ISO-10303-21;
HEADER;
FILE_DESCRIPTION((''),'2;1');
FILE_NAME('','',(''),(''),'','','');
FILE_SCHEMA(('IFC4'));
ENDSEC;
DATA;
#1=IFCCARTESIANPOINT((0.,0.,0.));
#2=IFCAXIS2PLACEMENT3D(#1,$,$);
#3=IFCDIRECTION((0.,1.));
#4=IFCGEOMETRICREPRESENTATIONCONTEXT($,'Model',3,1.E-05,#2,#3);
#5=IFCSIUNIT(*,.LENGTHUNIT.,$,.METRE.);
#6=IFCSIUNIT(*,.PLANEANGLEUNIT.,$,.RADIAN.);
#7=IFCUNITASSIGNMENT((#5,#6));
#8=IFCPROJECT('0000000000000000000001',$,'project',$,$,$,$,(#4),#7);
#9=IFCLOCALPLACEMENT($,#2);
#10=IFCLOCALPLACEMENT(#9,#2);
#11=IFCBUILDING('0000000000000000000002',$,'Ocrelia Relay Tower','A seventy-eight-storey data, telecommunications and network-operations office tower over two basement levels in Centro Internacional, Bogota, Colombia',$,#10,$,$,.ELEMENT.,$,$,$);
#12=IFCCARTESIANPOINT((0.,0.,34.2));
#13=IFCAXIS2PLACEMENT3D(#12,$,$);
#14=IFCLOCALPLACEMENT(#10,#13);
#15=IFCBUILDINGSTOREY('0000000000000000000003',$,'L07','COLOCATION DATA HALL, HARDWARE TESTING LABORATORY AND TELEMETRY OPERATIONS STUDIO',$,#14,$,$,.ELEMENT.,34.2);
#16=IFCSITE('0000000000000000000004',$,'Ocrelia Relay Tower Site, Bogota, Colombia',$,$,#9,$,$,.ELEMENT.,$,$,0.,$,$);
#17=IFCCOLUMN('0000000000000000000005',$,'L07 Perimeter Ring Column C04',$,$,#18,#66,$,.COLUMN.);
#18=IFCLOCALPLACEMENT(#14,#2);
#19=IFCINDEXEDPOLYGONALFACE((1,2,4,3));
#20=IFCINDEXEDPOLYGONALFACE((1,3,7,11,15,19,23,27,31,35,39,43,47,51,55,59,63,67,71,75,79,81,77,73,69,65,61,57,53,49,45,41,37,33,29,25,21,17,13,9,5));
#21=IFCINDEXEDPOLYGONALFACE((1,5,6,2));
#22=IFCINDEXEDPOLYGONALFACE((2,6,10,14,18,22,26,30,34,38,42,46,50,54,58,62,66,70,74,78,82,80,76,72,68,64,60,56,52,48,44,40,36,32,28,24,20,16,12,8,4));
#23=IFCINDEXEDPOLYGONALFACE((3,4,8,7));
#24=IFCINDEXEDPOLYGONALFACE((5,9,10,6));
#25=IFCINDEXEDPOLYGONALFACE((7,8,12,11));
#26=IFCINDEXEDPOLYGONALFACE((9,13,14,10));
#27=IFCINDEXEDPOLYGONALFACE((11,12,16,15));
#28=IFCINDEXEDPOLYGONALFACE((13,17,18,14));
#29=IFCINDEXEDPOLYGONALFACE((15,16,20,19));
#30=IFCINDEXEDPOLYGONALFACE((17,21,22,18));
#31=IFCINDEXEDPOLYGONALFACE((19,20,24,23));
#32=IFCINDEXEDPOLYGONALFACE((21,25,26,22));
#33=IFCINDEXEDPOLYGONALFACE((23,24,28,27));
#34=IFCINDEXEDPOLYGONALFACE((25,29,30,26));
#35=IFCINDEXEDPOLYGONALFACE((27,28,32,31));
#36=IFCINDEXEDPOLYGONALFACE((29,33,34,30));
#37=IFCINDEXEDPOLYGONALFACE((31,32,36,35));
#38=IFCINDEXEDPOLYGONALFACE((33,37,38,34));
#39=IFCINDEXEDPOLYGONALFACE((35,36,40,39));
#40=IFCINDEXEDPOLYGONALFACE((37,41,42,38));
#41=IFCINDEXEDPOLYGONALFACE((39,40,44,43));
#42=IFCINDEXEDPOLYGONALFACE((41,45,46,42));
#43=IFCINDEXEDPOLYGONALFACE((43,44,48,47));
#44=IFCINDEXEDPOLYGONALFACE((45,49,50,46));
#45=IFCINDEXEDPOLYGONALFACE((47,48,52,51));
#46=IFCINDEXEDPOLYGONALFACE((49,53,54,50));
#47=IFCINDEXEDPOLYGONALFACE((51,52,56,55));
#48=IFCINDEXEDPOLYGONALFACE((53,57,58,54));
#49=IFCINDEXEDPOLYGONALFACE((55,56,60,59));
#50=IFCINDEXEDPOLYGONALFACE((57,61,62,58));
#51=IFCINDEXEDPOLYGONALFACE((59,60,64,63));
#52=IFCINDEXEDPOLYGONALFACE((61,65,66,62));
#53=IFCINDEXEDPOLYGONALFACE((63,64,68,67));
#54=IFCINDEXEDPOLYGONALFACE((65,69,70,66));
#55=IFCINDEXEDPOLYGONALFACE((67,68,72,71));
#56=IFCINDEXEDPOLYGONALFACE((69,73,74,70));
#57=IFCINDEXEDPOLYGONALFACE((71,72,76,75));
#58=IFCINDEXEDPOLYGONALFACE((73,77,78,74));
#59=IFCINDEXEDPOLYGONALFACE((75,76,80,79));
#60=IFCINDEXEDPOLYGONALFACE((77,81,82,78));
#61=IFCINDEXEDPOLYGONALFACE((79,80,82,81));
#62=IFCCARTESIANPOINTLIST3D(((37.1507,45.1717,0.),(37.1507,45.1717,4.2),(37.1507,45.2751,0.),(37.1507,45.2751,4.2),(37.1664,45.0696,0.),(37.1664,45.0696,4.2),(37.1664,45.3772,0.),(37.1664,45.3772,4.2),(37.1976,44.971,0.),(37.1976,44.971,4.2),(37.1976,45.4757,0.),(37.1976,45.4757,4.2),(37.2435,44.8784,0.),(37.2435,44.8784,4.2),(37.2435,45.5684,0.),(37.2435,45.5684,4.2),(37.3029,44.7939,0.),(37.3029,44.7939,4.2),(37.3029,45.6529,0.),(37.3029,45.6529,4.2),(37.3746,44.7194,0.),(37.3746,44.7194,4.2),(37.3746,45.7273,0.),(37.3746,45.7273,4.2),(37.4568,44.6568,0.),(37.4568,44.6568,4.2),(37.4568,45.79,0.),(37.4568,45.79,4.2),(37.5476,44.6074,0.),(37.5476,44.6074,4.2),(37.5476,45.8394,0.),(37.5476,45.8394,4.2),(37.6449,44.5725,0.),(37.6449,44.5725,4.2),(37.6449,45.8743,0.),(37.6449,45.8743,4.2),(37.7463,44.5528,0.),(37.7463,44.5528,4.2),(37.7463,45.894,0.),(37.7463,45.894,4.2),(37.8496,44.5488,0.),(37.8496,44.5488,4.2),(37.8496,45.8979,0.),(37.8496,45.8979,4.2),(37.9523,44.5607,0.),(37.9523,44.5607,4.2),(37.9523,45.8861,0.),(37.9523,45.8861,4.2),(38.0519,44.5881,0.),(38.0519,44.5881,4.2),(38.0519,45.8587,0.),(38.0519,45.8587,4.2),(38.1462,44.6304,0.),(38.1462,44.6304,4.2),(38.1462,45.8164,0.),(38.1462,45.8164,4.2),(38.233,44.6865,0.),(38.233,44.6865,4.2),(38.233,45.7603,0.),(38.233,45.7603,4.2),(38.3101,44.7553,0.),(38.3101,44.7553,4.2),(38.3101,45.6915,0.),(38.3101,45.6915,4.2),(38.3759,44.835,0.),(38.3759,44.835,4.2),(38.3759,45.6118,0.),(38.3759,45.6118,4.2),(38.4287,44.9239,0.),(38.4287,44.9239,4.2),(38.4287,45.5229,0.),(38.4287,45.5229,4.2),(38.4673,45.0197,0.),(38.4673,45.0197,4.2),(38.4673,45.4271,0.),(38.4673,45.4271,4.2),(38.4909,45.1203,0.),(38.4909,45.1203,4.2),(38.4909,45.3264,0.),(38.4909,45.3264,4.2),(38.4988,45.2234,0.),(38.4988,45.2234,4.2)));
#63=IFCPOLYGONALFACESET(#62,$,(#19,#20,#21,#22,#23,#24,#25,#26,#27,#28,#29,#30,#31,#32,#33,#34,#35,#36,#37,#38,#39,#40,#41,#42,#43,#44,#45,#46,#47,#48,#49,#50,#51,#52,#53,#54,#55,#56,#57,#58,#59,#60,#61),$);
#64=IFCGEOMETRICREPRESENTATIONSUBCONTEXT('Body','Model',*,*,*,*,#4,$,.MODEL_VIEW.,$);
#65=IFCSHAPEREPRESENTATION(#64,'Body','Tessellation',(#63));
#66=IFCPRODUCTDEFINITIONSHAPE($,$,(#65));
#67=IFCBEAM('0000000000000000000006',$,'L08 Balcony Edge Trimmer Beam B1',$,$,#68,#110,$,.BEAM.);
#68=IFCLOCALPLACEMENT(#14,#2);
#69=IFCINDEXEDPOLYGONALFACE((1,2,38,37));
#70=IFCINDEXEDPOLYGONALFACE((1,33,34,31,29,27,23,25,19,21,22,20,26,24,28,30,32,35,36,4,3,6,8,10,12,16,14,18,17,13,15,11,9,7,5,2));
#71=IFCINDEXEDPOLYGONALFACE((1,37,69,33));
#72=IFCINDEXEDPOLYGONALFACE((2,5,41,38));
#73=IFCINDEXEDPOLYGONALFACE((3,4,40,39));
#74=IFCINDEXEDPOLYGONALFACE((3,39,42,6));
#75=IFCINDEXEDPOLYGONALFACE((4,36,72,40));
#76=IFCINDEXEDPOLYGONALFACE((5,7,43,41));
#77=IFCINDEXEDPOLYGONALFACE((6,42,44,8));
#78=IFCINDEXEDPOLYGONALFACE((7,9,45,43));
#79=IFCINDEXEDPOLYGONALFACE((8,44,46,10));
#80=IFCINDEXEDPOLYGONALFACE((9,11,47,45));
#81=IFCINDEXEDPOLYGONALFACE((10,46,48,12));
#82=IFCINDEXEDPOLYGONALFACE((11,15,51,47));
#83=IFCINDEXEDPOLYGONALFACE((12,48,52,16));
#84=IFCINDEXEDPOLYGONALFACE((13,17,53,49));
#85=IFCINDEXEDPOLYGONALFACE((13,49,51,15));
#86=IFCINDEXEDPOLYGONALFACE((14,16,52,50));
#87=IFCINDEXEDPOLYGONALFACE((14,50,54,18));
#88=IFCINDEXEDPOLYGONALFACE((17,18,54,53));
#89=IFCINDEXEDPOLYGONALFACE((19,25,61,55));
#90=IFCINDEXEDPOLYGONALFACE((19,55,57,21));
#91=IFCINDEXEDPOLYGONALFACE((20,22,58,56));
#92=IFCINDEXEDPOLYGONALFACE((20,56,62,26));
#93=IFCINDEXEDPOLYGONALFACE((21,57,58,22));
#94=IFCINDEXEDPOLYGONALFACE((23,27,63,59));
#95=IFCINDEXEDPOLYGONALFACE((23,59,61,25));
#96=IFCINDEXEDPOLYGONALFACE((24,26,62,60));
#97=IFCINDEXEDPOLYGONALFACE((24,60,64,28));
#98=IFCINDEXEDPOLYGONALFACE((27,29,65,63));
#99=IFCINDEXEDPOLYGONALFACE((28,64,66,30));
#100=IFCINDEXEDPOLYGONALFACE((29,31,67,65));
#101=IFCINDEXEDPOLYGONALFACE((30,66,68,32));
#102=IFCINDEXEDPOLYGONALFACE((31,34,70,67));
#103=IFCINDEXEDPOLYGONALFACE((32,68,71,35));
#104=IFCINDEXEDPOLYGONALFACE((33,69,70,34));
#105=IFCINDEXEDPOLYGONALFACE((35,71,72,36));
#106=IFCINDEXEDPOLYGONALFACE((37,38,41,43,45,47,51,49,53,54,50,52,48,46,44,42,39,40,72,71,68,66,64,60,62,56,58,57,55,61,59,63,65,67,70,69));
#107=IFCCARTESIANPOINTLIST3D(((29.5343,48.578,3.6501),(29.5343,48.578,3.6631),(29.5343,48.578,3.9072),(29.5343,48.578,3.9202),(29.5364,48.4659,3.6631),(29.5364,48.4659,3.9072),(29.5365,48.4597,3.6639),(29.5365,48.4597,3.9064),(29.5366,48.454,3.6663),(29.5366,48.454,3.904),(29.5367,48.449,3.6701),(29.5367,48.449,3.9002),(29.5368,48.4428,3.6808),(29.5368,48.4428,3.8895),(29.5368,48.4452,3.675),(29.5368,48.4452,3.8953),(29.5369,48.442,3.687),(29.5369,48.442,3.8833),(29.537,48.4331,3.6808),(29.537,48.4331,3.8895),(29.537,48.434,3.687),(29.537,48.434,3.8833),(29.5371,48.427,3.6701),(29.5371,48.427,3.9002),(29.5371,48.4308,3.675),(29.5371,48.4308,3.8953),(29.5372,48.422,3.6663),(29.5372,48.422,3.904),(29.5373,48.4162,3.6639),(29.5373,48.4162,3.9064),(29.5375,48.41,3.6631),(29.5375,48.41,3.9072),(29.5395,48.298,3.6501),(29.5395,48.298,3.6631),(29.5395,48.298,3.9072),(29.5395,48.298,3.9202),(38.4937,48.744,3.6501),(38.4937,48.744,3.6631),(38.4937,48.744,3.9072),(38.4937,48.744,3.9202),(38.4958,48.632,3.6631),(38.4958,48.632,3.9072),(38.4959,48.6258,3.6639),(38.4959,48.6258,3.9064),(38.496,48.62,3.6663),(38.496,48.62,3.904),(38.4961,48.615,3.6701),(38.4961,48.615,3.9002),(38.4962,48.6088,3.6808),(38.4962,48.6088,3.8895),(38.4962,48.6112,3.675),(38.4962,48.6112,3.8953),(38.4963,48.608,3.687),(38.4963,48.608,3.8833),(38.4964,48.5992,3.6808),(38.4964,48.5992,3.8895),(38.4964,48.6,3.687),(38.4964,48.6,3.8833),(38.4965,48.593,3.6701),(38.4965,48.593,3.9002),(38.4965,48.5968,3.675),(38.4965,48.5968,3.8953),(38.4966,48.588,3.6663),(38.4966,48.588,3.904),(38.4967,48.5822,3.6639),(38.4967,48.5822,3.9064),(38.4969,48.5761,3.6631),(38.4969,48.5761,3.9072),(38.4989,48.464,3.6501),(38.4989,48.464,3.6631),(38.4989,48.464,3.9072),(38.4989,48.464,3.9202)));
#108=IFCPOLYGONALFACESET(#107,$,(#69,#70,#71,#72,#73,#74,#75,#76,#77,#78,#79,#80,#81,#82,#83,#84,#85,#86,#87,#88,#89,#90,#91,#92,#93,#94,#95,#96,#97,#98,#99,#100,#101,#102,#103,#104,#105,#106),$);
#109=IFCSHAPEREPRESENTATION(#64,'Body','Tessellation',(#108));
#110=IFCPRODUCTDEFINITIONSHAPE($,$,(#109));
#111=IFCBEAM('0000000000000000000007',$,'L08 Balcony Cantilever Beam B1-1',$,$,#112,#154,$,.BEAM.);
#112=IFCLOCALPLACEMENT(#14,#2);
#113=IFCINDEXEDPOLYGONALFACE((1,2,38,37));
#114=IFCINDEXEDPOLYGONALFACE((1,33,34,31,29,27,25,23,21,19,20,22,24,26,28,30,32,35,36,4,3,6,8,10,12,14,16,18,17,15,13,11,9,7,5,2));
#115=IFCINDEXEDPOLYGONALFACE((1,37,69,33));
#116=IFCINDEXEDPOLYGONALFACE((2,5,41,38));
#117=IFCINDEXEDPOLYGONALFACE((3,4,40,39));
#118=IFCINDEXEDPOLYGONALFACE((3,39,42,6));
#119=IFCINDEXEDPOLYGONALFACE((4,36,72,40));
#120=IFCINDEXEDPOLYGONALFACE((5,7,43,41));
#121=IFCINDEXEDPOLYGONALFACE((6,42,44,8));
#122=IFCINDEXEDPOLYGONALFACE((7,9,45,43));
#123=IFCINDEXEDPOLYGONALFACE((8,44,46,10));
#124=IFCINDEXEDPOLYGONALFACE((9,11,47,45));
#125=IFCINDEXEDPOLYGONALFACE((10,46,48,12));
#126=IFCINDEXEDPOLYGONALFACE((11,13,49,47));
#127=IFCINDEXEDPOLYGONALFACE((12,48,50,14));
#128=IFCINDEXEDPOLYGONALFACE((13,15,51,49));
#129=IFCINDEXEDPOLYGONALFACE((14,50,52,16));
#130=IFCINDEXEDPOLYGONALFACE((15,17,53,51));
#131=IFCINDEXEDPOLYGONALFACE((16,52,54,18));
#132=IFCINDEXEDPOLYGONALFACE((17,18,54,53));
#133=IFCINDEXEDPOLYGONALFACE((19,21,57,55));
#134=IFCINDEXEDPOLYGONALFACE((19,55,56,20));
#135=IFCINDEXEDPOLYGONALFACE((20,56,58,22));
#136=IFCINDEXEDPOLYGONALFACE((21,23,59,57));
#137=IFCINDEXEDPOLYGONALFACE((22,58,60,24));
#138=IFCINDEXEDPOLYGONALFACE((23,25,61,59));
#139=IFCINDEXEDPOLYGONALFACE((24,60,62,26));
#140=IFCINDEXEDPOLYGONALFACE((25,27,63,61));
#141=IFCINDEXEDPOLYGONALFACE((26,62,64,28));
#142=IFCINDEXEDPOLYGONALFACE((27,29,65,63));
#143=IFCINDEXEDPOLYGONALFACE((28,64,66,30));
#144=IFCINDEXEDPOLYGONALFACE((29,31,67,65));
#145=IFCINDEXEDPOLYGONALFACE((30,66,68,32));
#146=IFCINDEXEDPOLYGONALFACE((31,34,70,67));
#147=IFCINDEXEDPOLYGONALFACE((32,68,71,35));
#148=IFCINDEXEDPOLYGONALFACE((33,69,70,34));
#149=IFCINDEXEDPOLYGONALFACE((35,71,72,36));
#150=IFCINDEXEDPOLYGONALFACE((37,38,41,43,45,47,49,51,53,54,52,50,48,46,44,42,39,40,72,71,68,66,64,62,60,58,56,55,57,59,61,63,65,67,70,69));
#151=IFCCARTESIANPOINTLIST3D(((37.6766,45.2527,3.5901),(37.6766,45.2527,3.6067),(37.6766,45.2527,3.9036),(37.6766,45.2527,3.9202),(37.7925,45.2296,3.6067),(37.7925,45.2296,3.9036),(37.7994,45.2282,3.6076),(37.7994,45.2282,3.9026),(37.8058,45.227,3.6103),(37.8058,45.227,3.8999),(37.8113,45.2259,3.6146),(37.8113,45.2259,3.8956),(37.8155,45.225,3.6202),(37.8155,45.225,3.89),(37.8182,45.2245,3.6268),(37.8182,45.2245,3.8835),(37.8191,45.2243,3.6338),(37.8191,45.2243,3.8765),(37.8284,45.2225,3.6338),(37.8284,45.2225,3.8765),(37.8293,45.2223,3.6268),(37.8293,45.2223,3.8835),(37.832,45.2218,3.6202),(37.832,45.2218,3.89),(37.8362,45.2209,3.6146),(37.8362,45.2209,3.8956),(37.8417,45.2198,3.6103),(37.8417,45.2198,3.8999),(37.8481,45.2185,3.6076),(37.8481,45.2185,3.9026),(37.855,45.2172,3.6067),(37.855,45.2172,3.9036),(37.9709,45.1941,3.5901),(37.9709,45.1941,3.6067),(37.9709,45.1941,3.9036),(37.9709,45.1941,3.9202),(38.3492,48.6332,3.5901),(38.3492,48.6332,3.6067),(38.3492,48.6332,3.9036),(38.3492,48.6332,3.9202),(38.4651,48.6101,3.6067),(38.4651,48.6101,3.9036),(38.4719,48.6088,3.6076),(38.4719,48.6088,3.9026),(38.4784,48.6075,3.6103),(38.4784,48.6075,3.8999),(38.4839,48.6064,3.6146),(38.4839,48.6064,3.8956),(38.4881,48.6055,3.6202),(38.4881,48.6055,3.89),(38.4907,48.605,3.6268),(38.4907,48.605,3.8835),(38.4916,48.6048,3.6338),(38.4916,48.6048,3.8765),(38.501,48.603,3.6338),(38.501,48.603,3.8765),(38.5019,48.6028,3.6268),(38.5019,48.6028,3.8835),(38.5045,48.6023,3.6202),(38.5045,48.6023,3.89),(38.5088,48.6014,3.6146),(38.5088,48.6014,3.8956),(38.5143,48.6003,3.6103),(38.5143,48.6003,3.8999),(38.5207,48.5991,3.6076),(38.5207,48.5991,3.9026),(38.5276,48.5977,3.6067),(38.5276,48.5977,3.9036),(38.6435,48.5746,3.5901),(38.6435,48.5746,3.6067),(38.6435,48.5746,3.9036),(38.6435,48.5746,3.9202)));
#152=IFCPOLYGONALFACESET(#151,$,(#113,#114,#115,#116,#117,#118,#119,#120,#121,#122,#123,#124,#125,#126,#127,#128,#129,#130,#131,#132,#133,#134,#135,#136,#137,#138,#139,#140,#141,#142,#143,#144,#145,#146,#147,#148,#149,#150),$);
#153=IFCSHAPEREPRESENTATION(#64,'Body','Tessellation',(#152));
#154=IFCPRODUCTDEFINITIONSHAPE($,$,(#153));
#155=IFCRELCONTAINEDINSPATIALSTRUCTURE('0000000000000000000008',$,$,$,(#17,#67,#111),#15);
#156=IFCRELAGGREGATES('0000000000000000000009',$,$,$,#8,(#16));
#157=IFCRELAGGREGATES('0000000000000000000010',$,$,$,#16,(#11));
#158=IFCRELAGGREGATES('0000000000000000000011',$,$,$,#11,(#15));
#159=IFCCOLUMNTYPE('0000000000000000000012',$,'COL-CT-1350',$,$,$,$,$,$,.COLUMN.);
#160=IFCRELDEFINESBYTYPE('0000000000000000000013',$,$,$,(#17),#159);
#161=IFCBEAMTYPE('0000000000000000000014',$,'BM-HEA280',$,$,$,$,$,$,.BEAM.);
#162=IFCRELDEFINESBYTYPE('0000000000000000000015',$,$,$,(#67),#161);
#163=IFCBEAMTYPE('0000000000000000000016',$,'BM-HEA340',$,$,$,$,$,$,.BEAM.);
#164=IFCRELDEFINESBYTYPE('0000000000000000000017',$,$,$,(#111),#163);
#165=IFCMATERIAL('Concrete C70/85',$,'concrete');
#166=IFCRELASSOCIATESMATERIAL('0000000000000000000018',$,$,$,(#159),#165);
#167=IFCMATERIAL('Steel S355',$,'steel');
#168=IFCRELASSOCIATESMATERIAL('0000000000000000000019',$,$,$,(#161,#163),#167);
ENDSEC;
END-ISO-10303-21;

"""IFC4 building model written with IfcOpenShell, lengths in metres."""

from ifc_helpers import new_model, si_unit, direction, frame, origin, origin_2d, place, context, subcontext, project, spatial, circle, i_section, extrude, material, material_profile, profile_set, type_object, element, save


model = new_model("IFC4")

# Units and contexts
model_context = context("Model", 3, precision=1e-05, world=origin(), true_north=direction((0.0, 1.0)))
body_context = subcontext(model_context, "Body", "Model", "MODEL_VIEW")
ifc_project = project(units=[si_unit("LENGTHUNIT", "METRE"), si_unit("PLANEANGLEUNIT", "RADIAN")], contexts=[model_context])

# Site, building, storey
site_placement = place(None, origin())
site = spatial("IfcSite", under=ifc_project, at=site_placement, Name="Ocrelia Relay Tower Site, Bogota, Colombia", CompositionType="ELEMENT", RefElevation=0.0)
building_placement = place(site_placement, origin())
building = spatial("IfcBuilding", under=site, at=building_placement, Name="Ocrelia Relay Tower", Description="A seventy-eight-storey data, telecommunications and network-operations office tower over two basement levels in Centro Internacional, Bogota, Colombia", CompositionType="ELEMENT")
storey_placement = place(building_placement, frame((0.0, 0.0, 34.2)))
storey = spatial("IfcBuildingStorey", under=building, at=storey_placement, Name="L07", Description="COLOCATION DATA HALL, HARDWARE TESTING LABORATORY AND TELEMETRY OPERATIONS STUDIO", CompositionType="ELEMENT", Elevation=34.2)

# Column
ifc_material_1 = material(Name="Concrete C70/85", Category="concrete")
ifc_material_profile_1 = material_profile(ifc_material_1, circle(Radius=0.675, at=origin_2d()), Name="RC-CIR-1350")
ifc_profile_set_1 = profile_set([ifc_material_profile_1], Name="Concrete C70/85")
column_type = type_object("IfcColumnType", Name="COL-CT-1350", PredefinedType="COLUMN", material=ifc_profile_set_1)
column_placement = place(storey_placement, frame((37.8237, 45.2234, 0.0), z_axis=(0.0, 0.0, 1.0), x_axis=(1.0, 0.0, 0.0)))
element("IfcColumn", 1, at=column_placement, inside=storey, type_object=column_type, Name="L07 Perimeter Ring Column C04", PredefinedType="COLUMN", context=body_context, shape_type="SweptSolid", body=[
    extrude(circle(Radius=0.675, at=origin_2d()), origin(), (0.0, 0.0, 1.0), 4.2),
])

# Beams
ifc_material_2 = material(Name="Steel S355", Category="steel")
ifc_material_profile_2 = material_profile(ifc_material_2, i_section(OverallWidth=0.28, OverallDepth=0.27, WebThickness=0.0081, FlangeThickness=0.0129, FilletRadius=0.0239, at=origin_2d()), Name="HEA 280")
ifc_profile_set_2 = profile_set([ifc_material_profile_2], Name="Steel S355")
beam_type_1 = type_object("IfcBeamType", Name="BM-HEA280", PredefinedType="BEAM", material=ifc_profile_set_2)
beam_1_placement = place(storey_placement, frame((38.4963, 48.604, 3.7852), z_axis=(-0.999828, -0.018526, 0.0), x_axis=(0.018526, -0.999828, 0.0)))
element("IfcBeam", 2, at=beam_1_placement, inside=storey, type_object=beam_type_1, Name="L08 Balcony Edge Trimmer Beam B1", PredefinedType="BEAM", context=body_context, shape_type="SweptSolid", body=[
    extrude(i_section(OverallWidth=0.28, OverallDepth=0.27, WebThickness=0.0081, FlangeThickness=0.0129, FilletRadius=0.0239, at=origin_2d()), origin(), (0.0, 0.0, 1.0), 8.9609),
])
ifc_material_profile_3 = material_profile(ifc_material_2, i_section(OverallWidth=0.3, OverallDepth=0.3301, WebThickness=0.0095, FlangeThickness=0.0166, FilletRadius=0.0271, at=origin_2d()), Name="HEA 340")
ifc_profile_set_3 = profile_set([ifc_material_profile_3], Name="Steel S355")
beam_type_2 = type_object("IfcBeamType", Name="BM-HEA340", PredefinedType="BEAM", material=ifc_profile_set_3)
beam_2_placement = place(storey_placement, frame((37.8237, 45.2234, 3.7551), z_axis=(0.195135, 0.980776, 0.0), x_axis=(-0.980776, 0.195135, 0.0)))
element("IfcBeam", 3, at=beam_2_placement, inside=storey, type_object=beam_type_2, Name="L08 Balcony Cantilever Beam B1-1", PredefinedType="BEAM", context=body_context, shape_type="SweptSolid", body=[
    extrude(i_section(OverallWidth=0.3, OverallDepth=0.3301, WebThickness=0.0095, FlangeThickness=0.0166, FilletRadius=0.0271, at=origin_2d()), origin(), (0.0, 0.0, 1.0), 3.4468),
])

save(model, "model.ifc")
